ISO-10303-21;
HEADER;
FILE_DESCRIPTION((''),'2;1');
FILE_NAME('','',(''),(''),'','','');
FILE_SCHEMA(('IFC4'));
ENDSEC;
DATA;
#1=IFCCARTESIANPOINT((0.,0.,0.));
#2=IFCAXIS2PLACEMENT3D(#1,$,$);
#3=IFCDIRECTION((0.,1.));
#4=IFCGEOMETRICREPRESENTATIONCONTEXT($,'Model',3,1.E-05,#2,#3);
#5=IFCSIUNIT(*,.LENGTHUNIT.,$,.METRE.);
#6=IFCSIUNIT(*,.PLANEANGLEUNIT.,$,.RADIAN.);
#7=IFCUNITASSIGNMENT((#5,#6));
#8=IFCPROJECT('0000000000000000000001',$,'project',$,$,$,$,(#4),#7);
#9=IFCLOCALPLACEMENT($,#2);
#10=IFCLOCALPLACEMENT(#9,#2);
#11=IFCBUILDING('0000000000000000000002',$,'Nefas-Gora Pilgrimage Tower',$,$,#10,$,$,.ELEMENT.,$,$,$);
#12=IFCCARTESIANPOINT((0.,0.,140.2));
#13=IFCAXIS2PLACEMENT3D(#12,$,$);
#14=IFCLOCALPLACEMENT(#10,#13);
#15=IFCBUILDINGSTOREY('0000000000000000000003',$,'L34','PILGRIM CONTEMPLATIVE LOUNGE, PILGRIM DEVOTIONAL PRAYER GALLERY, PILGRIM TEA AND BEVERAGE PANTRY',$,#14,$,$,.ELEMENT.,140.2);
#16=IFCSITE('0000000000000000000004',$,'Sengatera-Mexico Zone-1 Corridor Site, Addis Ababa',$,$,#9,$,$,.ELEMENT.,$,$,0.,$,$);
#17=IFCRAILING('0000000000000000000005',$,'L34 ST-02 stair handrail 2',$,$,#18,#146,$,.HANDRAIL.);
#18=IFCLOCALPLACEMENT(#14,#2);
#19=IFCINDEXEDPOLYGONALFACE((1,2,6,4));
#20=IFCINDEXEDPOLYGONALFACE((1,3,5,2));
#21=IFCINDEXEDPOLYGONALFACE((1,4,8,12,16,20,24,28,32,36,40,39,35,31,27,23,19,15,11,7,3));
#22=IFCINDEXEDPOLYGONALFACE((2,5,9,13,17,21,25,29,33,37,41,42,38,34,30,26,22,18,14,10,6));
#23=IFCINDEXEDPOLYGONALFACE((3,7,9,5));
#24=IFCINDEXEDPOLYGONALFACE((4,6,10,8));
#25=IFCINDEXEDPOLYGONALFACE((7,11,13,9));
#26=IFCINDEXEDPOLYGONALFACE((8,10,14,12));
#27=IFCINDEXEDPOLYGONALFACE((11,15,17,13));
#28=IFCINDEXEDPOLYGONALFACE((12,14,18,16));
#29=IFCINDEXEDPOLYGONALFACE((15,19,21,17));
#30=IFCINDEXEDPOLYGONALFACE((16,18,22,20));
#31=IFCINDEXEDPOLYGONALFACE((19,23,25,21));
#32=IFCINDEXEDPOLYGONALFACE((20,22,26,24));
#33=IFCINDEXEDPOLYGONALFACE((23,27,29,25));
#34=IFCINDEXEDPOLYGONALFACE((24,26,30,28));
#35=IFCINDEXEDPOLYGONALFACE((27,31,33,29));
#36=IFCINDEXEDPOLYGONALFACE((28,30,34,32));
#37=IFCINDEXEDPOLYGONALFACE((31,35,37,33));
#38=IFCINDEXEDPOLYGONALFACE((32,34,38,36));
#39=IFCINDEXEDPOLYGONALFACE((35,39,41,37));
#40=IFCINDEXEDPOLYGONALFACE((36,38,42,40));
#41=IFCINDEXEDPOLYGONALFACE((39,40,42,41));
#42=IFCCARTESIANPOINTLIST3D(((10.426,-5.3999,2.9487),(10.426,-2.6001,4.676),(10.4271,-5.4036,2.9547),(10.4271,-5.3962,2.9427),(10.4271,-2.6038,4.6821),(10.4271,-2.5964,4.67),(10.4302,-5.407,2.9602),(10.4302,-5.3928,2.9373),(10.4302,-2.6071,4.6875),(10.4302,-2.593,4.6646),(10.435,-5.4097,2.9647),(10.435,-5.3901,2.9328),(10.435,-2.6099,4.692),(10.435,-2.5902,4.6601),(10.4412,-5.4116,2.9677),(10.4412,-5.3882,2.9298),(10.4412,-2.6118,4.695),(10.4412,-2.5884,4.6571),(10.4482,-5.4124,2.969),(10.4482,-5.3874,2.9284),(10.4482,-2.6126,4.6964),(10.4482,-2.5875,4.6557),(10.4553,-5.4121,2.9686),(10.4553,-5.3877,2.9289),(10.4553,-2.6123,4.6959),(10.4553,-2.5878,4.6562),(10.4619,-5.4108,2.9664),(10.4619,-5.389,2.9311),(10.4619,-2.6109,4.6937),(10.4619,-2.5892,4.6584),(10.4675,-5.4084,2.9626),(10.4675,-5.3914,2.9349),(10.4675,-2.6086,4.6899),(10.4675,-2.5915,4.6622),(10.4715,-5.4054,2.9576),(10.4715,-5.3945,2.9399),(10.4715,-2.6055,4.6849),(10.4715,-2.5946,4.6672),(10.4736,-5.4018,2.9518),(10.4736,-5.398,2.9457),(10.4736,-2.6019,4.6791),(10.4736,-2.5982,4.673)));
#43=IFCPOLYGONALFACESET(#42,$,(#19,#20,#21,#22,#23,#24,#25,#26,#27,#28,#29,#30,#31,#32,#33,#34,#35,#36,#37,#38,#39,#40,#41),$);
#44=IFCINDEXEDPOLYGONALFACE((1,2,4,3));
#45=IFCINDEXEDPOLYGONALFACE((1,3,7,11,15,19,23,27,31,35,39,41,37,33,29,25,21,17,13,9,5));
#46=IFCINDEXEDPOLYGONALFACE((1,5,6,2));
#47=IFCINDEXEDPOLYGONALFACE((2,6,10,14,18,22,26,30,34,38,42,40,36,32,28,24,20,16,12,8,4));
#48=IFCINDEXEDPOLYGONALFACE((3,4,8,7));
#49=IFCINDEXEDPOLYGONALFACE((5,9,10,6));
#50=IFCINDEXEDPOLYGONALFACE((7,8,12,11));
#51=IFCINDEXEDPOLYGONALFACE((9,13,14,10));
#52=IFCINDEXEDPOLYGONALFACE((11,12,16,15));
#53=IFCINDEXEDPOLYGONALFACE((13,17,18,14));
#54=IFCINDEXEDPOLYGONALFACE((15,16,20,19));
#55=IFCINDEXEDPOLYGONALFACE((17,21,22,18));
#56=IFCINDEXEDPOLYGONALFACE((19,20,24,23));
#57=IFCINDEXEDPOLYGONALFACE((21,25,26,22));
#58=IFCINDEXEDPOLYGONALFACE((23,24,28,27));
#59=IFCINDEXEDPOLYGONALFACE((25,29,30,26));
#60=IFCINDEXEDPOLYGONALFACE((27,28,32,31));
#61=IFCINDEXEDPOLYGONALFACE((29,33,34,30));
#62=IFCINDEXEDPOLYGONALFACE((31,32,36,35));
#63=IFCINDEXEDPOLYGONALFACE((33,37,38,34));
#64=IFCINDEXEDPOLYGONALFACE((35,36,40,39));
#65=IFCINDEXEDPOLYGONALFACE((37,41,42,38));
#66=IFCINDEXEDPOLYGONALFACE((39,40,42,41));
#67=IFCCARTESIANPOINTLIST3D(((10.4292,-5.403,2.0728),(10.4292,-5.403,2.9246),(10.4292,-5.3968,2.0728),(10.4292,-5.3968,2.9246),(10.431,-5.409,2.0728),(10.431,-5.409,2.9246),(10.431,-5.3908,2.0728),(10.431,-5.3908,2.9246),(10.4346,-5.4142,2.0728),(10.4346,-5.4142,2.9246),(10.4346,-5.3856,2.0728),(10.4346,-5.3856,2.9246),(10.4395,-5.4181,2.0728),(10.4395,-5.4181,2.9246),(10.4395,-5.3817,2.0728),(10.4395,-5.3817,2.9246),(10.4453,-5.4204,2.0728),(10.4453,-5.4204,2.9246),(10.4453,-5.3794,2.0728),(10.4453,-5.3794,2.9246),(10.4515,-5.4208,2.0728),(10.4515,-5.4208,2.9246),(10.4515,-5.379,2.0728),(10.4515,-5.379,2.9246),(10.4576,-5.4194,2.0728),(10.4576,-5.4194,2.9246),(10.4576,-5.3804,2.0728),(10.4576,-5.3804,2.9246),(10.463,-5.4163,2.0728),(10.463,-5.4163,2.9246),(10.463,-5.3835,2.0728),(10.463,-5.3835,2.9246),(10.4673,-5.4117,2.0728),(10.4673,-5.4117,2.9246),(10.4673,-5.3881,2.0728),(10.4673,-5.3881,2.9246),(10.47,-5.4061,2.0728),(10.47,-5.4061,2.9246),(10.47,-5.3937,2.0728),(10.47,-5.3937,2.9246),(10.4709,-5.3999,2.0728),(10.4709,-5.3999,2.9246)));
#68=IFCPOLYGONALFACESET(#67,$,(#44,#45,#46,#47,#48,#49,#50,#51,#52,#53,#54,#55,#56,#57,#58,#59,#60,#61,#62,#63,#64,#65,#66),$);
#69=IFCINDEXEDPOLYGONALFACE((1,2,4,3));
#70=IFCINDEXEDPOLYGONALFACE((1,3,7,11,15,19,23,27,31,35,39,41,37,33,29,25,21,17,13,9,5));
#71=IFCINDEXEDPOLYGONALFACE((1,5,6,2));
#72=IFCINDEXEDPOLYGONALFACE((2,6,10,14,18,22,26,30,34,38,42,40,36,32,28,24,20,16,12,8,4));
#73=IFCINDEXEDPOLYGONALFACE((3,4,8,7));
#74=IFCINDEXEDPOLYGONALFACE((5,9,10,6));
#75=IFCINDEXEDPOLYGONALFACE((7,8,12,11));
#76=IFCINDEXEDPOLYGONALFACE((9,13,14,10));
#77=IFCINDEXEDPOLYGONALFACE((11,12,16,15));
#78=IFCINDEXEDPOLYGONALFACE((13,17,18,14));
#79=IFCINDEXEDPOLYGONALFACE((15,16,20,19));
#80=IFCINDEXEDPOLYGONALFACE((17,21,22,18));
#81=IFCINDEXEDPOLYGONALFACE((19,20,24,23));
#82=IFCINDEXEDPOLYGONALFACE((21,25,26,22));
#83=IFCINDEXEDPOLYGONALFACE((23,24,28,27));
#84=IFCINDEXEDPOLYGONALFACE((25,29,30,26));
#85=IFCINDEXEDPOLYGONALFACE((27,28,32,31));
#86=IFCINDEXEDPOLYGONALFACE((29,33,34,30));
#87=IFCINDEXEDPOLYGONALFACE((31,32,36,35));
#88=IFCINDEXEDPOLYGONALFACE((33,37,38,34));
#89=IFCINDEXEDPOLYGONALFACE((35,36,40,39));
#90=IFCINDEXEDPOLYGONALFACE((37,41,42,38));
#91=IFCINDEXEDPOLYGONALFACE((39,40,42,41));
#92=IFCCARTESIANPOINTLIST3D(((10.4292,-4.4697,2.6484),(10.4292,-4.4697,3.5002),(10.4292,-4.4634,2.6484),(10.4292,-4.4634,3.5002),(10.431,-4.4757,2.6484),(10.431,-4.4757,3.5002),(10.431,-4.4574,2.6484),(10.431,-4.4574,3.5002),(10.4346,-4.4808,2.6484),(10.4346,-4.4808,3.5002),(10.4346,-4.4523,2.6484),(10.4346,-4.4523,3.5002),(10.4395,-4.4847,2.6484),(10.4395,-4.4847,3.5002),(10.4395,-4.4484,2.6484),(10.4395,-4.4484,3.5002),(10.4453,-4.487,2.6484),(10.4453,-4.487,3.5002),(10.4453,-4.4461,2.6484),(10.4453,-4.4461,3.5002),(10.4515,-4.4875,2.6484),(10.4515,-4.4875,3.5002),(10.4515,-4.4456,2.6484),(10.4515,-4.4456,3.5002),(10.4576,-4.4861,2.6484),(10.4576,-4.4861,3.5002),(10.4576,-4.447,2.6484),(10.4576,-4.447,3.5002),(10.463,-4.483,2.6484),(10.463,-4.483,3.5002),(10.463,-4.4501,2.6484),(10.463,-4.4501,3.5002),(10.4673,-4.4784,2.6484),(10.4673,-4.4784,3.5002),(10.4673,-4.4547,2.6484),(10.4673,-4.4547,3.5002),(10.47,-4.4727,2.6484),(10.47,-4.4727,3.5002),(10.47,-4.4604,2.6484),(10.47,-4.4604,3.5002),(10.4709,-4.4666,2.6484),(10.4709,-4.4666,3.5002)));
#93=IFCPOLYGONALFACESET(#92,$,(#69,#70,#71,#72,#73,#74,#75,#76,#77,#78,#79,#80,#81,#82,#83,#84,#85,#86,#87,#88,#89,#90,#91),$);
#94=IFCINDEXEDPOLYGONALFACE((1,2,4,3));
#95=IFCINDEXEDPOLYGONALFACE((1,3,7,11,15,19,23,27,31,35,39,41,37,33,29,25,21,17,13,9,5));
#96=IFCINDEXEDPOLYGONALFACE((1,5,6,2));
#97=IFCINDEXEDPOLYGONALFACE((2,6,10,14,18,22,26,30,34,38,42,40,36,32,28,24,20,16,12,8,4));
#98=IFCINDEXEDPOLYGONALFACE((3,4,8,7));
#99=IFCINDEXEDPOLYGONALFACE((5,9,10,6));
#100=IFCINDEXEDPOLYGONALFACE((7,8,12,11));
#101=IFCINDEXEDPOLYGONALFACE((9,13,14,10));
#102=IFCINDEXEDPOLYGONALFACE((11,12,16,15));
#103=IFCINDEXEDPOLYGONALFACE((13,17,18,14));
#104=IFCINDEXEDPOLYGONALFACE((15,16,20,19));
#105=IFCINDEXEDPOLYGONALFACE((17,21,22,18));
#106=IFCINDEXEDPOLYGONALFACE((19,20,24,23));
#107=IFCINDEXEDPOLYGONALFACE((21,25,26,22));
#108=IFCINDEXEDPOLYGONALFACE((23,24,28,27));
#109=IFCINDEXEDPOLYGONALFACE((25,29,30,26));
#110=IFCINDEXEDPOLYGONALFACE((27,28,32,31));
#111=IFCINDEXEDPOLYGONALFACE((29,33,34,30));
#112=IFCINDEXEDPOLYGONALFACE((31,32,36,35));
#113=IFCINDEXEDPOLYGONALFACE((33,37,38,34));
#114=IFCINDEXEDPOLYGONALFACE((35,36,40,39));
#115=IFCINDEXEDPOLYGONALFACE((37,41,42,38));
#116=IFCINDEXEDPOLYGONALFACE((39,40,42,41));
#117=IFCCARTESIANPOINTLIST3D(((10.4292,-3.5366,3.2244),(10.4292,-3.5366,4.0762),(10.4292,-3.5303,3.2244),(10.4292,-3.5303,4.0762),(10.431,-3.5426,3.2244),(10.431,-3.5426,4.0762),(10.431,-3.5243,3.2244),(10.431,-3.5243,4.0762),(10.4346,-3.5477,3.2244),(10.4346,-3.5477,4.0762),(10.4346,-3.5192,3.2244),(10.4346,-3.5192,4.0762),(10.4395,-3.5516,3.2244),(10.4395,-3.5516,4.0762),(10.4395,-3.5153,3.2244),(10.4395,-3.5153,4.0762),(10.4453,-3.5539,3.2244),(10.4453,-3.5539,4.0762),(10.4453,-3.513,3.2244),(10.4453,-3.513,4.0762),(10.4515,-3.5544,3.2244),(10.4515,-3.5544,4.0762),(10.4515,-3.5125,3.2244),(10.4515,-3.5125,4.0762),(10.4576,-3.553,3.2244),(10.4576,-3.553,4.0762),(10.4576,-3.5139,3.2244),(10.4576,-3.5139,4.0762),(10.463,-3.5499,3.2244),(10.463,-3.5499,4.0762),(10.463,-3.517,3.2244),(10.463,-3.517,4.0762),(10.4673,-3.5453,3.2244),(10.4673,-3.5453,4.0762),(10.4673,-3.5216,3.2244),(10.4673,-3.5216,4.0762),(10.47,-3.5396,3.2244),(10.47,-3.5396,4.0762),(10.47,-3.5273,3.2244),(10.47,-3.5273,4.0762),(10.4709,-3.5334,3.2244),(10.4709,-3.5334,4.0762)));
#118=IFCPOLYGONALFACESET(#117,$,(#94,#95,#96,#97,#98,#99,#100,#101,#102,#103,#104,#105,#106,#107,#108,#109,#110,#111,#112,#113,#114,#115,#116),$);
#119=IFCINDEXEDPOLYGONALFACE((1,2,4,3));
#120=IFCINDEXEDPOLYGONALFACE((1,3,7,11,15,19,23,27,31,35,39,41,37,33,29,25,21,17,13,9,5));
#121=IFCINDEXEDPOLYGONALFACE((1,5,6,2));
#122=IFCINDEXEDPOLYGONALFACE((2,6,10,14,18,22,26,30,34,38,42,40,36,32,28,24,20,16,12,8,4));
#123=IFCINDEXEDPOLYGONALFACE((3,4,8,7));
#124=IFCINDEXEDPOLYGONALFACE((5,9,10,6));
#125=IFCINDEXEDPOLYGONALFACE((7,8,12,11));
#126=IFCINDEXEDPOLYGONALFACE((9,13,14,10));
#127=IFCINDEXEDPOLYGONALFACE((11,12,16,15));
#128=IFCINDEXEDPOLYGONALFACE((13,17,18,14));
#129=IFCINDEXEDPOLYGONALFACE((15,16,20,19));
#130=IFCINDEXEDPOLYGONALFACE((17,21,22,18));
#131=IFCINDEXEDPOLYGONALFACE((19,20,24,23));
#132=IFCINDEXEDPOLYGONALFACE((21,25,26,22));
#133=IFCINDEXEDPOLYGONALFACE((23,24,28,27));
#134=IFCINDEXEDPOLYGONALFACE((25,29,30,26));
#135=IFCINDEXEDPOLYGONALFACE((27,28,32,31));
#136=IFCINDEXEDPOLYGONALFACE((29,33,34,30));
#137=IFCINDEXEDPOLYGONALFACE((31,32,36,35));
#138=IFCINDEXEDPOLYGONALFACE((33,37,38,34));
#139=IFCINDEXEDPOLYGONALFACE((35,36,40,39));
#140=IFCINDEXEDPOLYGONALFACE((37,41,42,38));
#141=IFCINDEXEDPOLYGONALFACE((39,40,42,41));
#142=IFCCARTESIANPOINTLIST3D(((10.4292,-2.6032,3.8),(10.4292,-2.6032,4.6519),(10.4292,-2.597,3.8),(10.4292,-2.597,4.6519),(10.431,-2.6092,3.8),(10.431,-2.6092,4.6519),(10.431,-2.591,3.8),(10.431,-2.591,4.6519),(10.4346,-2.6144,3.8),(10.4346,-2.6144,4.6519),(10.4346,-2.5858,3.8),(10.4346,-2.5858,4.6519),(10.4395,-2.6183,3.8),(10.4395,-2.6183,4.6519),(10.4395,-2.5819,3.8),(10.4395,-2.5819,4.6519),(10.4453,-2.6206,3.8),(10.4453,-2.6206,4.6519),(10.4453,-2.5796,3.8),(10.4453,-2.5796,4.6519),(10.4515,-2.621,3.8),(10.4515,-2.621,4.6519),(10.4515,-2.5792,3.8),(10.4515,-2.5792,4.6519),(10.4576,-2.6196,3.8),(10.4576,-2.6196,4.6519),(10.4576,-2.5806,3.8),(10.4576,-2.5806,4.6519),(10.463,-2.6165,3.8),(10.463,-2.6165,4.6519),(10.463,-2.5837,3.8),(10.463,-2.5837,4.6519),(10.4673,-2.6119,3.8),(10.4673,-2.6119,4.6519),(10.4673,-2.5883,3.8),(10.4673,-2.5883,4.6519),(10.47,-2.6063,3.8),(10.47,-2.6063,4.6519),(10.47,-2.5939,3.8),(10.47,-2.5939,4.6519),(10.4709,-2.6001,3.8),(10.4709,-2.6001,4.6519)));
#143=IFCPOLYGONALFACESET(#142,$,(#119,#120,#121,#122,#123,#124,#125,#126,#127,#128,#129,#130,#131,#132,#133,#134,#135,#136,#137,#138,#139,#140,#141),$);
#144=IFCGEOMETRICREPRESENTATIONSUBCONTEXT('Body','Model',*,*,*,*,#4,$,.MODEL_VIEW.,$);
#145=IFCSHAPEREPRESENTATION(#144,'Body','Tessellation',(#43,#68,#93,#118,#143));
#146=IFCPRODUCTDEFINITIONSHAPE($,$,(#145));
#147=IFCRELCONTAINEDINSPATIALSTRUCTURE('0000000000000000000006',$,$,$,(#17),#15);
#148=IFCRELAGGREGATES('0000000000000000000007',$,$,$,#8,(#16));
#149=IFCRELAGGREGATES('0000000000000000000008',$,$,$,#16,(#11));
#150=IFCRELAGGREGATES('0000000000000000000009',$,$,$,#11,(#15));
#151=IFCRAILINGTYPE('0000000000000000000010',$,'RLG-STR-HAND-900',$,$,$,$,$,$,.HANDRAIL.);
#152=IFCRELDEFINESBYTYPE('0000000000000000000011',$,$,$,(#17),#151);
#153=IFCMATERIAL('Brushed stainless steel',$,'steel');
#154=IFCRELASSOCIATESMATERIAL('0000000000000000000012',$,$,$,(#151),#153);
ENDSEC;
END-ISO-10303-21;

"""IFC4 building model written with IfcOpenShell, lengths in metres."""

from ifc_helpers import new_model, si_unit, direction, frame, origin, origin_2d, place, context, subcontext, project, spatial, circle, extrude, material, type_object, element, save


model = new_model("IFC4")

# Units and contexts
model_context = context("Model", 3, precision=1e-05, world=origin(), true_north=direction((0.0, 1.0)))
body_context = subcontext(model_context, "Body", "Model", "MODEL_VIEW")
ifc_project = project(units=[si_unit("LENGTHUNIT", "METRE"), si_unit("PLANEANGLEUNIT", "RADIAN")], contexts=[model_context])

# Site, building, storey
site_placement = place(None, origin())
site = spatial("IfcSite", under=ifc_project, at=site_placement, Name="Sengatera-Mexico Zone-1 Corridor Site, Addis Ababa", CompositionType="ELEMENT", RefElevation=0.0)
building_placement = place(site_placement, origin())
building = spatial("IfcBuilding", under=site, at=building_placement, Name="Nefas-Gora Pilgrimage Tower", CompositionType="ELEMENT")
storey_placement = place(building_placement, frame((0.0, 0.0, 140.2)))
storey = spatial("IfcBuildingStorey", under=building, at=storey_placement, Name="L34", Description="PILGRIM CONTEMPLATIVE LOUNGE, PILGRIM DEVOTIONAL PRAYER GALLERY, PILGRIM TEA AND BEVERAGE PANTRY", CompositionType="ELEMENT", Elevation=140.2)

# Railing
ifc_material_1 = material(Name="Brushed stainless steel", Category="steel")
railing_type_1 = type_object("IfcRailingType", Name="RLG-STR-HAND-900", PredefinedType="HANDRAIL", material=ifc_material_1)
railing_1_placement = place(storey_placement, frame((10.45, -5.3999, 2.0728)))
element("IfcRailing", 1, at=railing_1_placement, inside=storey, type_object=railing_type_1, Name="L34 ST-02 stair handrail 2", PredefinedType="HANDRAIL", context=body_context, shape_type="SweptSolid", body=[
    extrude(circle(Radius=0.0239, at=origin_2d()), frame((0.0, 0.0, 0.876), z_axis=(0.0, 0.851069, 0.525054), x_axis=(-1.0, 0.0, 0.0)), (0.0, 0.0, 1.0), 3.2898),
    extrude(circle(Radius=0.021, at=origin_2d()), origin(), (0.0, 0.0, 1.0), 0.8518),
    extrude(circle(Radius=0.021, at=origin_2d()), frame((0.0, 0.9333, 0.5757)), (0.0, 0.0, 1.0), 0.8518),
    extrude(circle(Radius=0.021, at=origin_2d()), frame((0.0, 1.8665, 1.1516)), (0.0, 0.0, 1.0), 0.8518),
    extrude(circle(Radius=0.021, at=origin_2d()), frame((0.0, 2.7998, 1.7273)), (0.0, 0.0, 1.0), 0.8518),
])

save(model, "model.ifc")
